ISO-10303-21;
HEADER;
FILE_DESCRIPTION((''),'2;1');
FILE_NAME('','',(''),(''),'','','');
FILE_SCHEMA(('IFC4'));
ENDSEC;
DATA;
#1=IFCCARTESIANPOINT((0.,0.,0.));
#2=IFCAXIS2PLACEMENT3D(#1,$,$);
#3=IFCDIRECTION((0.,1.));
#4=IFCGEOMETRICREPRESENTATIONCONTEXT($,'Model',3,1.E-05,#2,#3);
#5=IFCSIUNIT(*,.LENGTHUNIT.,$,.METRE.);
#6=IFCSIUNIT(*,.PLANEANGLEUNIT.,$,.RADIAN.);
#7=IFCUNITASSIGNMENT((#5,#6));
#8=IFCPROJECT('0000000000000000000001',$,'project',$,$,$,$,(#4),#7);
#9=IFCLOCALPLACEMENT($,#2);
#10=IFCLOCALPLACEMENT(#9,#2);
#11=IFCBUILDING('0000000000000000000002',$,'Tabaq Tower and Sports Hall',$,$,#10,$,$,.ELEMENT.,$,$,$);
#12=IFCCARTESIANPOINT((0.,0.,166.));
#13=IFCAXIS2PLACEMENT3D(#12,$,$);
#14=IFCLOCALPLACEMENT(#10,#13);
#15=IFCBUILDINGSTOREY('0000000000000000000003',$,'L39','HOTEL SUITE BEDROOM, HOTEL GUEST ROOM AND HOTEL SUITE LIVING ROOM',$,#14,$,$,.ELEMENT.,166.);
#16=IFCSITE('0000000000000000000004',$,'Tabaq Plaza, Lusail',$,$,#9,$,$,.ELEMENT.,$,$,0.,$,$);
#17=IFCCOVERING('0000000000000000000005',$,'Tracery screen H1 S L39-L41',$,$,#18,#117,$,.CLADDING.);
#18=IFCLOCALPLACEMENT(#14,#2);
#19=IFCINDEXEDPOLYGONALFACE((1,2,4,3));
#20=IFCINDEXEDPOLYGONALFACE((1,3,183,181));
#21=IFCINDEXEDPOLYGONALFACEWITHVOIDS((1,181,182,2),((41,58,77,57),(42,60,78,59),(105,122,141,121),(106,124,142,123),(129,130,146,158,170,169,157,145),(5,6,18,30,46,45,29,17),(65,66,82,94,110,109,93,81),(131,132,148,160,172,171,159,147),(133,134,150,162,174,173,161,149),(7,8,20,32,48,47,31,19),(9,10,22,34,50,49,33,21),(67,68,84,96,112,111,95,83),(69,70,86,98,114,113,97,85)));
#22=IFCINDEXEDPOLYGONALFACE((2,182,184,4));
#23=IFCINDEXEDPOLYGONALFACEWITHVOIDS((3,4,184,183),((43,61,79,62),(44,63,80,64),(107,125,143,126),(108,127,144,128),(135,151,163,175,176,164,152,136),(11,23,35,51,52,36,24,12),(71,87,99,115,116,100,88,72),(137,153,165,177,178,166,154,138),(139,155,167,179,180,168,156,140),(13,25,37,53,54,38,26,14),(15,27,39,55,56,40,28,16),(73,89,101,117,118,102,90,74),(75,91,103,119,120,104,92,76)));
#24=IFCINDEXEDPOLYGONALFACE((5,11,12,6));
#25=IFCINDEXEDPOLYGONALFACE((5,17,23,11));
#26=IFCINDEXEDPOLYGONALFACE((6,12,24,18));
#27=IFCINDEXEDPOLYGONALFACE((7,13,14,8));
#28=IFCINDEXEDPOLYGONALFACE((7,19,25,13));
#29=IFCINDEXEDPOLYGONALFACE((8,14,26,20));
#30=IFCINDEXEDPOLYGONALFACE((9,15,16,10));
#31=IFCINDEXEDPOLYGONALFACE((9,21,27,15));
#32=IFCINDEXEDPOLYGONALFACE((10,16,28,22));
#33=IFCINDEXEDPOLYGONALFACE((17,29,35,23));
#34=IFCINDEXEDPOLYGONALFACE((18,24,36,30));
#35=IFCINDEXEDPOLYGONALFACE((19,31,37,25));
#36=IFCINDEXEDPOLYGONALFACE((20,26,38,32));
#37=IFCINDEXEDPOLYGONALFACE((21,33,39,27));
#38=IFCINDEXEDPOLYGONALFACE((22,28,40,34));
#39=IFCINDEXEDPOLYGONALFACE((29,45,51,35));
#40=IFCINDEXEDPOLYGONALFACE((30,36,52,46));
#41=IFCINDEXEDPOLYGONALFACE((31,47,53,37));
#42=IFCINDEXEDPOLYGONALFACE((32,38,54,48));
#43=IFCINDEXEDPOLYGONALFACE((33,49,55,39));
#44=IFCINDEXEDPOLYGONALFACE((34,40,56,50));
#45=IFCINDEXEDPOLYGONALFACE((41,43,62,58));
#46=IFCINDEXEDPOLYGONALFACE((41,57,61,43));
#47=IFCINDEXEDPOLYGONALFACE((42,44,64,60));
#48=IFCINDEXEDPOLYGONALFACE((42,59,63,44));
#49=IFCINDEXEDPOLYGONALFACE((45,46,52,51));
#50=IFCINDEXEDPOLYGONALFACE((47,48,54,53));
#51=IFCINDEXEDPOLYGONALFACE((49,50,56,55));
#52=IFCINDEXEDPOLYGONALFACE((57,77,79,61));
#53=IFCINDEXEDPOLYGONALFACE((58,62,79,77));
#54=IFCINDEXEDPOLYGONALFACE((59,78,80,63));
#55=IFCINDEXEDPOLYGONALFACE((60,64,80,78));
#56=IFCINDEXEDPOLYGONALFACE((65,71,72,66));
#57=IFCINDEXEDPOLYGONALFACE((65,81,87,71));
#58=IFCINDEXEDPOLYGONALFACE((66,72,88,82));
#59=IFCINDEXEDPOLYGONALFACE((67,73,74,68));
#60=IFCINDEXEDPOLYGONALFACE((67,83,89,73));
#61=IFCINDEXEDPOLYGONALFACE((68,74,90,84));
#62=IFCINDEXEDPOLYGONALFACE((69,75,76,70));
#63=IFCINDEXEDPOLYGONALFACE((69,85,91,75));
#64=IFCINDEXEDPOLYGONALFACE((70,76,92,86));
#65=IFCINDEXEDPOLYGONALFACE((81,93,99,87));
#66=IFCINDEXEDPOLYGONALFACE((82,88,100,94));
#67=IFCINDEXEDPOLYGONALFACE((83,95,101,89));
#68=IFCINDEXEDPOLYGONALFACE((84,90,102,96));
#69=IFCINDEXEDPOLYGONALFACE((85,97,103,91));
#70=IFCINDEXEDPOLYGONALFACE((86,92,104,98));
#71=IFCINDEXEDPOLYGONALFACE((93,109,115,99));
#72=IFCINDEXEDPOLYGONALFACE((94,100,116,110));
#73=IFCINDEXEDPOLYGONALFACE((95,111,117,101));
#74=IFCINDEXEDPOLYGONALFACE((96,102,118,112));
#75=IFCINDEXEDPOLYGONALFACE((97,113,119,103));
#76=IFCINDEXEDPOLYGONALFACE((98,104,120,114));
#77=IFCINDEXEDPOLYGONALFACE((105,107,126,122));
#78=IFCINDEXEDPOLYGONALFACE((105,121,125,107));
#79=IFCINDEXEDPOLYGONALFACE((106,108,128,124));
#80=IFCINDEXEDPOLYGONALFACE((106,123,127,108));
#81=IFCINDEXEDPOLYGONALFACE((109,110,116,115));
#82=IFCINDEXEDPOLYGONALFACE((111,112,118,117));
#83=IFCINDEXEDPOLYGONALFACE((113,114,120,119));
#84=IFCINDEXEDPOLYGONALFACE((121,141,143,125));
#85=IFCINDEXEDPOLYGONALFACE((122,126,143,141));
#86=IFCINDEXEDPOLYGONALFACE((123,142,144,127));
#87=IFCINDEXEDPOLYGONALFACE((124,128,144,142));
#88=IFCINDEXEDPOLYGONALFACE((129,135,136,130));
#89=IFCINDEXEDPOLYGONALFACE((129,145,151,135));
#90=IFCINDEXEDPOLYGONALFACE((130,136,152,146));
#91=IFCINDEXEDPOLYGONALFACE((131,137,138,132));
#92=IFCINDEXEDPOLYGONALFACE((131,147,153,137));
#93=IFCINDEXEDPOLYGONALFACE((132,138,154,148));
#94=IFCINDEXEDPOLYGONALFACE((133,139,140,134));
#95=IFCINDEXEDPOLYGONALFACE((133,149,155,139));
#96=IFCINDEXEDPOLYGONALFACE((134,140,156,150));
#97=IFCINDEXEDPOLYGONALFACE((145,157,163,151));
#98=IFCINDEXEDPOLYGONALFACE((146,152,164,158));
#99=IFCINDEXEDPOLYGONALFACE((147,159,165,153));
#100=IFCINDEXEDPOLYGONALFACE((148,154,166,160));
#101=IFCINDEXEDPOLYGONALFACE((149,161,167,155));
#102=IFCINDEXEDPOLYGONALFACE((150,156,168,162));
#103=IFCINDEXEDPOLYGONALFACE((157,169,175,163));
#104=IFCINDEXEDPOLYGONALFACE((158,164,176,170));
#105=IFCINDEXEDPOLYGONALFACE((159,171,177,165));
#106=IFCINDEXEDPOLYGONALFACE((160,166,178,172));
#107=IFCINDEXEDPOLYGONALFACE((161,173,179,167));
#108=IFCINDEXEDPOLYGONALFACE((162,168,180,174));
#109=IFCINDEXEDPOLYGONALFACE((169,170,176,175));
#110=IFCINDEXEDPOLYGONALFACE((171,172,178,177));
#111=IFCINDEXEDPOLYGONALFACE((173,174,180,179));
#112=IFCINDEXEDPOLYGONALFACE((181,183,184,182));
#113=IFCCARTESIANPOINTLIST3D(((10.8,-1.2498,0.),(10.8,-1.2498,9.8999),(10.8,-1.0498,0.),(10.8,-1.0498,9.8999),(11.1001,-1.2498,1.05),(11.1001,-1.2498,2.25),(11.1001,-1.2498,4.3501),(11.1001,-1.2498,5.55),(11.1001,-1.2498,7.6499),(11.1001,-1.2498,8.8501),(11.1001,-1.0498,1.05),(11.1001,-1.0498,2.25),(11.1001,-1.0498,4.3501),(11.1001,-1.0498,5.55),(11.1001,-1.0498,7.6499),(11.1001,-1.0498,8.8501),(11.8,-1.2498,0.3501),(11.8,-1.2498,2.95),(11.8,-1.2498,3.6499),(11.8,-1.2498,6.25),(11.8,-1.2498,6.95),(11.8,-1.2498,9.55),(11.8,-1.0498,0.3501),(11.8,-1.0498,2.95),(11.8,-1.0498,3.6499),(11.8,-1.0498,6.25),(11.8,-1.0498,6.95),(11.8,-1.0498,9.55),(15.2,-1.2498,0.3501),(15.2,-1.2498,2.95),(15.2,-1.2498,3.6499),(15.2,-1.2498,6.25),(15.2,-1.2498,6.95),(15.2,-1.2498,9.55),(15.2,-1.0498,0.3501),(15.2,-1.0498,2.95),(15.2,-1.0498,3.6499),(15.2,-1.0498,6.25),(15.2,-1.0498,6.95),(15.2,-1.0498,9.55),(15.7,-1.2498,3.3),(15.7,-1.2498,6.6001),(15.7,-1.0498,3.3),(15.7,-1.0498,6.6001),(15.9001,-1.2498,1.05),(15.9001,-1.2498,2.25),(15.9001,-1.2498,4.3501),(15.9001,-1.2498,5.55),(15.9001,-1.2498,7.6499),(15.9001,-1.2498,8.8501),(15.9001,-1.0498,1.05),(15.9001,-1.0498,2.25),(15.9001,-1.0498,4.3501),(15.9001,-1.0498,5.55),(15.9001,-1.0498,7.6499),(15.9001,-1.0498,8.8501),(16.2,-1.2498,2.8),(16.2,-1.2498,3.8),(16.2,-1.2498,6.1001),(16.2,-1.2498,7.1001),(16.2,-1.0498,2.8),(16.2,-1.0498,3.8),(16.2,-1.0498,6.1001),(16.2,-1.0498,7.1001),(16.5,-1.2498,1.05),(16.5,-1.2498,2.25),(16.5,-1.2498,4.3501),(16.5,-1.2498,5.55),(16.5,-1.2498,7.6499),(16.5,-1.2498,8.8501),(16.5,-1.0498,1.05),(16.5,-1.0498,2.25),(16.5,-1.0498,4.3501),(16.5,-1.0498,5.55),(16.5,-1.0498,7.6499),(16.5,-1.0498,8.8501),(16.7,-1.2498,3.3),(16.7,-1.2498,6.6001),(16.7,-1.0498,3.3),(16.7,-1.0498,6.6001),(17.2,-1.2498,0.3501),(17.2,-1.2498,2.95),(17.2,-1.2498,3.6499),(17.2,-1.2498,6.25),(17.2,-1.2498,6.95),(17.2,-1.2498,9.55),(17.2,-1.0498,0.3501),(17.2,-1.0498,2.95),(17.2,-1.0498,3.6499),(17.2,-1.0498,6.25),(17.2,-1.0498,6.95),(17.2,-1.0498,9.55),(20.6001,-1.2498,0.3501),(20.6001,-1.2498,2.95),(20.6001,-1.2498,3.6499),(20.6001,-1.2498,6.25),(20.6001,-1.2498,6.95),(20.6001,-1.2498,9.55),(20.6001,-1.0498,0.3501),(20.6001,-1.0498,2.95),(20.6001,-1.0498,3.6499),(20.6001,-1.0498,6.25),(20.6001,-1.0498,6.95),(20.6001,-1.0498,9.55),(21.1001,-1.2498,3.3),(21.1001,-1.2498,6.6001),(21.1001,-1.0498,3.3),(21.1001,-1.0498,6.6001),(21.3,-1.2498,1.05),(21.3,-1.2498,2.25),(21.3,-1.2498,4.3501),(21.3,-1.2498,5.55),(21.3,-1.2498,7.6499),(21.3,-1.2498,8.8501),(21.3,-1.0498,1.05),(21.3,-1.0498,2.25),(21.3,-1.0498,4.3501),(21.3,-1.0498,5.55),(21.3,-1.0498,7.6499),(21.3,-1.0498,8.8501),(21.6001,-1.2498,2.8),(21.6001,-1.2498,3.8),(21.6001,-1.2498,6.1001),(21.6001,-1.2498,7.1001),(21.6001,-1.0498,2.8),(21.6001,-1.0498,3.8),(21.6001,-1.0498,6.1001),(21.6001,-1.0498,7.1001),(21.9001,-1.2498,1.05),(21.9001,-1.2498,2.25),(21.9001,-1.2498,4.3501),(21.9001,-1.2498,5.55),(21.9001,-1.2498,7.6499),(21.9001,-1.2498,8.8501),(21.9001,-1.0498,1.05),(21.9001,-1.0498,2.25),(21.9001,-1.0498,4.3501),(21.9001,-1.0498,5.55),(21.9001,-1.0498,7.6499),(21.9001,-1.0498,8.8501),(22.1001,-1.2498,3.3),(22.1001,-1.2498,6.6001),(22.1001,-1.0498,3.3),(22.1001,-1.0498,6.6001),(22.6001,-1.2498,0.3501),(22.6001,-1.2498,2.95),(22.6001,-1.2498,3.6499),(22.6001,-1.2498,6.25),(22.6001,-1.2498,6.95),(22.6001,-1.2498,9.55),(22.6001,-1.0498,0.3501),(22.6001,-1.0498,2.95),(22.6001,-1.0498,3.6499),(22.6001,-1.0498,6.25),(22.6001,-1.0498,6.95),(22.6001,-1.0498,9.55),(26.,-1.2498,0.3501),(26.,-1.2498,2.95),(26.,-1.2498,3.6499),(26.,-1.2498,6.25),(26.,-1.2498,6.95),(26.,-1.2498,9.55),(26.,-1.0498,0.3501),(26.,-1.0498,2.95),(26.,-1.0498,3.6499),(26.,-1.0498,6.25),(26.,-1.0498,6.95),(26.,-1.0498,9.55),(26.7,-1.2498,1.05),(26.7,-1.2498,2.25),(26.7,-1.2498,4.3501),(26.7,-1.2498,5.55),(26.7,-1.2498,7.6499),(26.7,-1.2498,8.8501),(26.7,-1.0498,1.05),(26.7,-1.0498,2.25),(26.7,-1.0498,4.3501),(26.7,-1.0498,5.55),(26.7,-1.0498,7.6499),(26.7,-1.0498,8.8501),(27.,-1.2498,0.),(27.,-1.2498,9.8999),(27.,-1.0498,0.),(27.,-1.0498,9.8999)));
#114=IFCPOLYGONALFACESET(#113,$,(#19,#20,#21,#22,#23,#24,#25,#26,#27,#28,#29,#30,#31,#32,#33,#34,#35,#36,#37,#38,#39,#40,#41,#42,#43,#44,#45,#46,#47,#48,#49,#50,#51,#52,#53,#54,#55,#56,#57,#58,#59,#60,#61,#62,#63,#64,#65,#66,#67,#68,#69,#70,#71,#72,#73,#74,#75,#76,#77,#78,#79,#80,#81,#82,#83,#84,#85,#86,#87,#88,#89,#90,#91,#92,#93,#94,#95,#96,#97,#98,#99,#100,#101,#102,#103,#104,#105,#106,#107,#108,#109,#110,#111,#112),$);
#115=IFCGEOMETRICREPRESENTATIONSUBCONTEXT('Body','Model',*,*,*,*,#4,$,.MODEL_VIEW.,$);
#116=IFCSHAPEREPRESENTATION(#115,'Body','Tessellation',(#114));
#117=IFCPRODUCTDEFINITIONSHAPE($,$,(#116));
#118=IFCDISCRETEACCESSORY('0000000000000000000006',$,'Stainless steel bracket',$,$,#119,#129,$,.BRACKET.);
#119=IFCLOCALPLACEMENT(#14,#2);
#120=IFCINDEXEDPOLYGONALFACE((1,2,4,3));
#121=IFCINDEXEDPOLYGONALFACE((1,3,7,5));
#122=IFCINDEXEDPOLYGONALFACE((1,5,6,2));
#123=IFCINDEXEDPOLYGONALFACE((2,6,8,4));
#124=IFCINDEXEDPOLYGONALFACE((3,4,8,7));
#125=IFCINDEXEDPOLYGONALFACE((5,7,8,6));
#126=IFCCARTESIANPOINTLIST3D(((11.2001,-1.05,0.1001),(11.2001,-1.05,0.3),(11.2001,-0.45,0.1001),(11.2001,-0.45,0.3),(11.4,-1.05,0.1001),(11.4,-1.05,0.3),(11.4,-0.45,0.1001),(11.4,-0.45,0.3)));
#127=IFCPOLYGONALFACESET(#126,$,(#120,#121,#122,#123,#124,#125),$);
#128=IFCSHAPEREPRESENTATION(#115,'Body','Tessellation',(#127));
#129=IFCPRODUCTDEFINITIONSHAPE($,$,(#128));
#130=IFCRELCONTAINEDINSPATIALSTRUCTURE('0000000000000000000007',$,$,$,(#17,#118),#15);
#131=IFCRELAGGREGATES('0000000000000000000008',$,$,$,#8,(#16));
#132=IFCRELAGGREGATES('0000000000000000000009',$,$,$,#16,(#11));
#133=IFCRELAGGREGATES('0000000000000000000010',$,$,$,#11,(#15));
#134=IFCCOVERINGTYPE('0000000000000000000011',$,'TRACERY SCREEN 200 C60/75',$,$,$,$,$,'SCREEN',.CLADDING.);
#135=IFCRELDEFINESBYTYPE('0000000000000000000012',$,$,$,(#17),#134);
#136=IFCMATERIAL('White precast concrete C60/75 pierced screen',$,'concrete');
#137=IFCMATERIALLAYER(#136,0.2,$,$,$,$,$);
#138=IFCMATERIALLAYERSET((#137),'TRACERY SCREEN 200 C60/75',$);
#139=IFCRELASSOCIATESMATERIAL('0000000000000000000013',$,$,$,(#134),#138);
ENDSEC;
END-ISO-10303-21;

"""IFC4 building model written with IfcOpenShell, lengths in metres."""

from ifc_helpers import new_model, si_unit, direction, frame, origin, origin_2d, place, context, subcontext, project, spatial, polyline, rectangle, outline, extrude, material, layer, layer_set, type_object, element, save


model = new_model("IFC4")

# Units and contexts
model_context = context("Model", 3, precision=1e-05, world=origin(), true_north=direction((0.0, 1.0)))
body_context = subcontext(model_context, "Body", "Model", "MODEL_VIEW")
ifc_project = project(units=[si_unit("LENGTHUNIT", "METRE"), si_unit("PLANEANGLEUNIT", "RADIAN")], contexts=[model_context])

# Site, building, storey
site_placement = place(None, origin())
site = spatial("IfcSite", under=ifc_project, at=site_placement, Name="Tabaq Plaza, Lusail", CompositionType="ELEMENT", RefElevation=0.0)
building_placement = place(site_placement, origin())
building = spatial("IfcBuilding", under=site, at=building_placement, Name="Tabaq Tower and Sports Hall", CompositionType="ELEMENT")
storey_placement = place(building_placement, frame((0.0, 0.0, 166.0)))
storey = spatial("IfcBuildingStorey", under=building, at=storey_placement, Name="L39", Description="HOTEL SUITE BEDROOM, HOTEL GUEST ROOM AND HOTEL SUITE LIVING ROOM", CompositionType="ELEMENT", Elevation=166.0)

# Covering
ifc_material_1 = material(Name="White precast concrete C60/75 pierced screen", Category="concrete")
ifc_layer_1 = layer(ifc_material_1, 0.2)
ifc_layer_set_1 = layer_set([ifc_layer_1], Name="TRACERY SCREEN 200 C60/75")
covering_type_1 = type_object("IfcCoveringType", Name="TRACERY SCREEN 200 C60/75", ElementType="SCREEN", PredefinedType="CLADDING", material=ifc_layer_set_1)
covering_1_placement = place(storey_placement, frame((10.8, -1.1499, 0.0), z_axis=(0.0, 0.0, 1.0), x_axis=(1.0, 0.0, 0.0)))
element("IfcCovering", 1, at=covering_1_placement, inside=storey, type_object=covering_type_1, Name="Tracery screen H1 S L39-L41", PredefinedType="CLADDING", context=body_context, shape_type="SweptSolid", body=[
    extrude(outline(polyline([(0.0, 0.0), (16.2, 0.0), (16.2, 9.8999), (0.0, 9.8999), (0.0, 0.0)]), holes=[polyline([(1.0, 0.3501), (4.3999, 0.3501), (5.1001, 1.05), (5.1001, 2.25), (4.3999, 2.95), (1.0, 2.95), (0.3, 2.25), (0.3, 1.05), (1.0, 0.3501)]), polyline([(6.3999, 0.3501), (9.8, 0.3501), (10.5, 1.05), (10.5, 2.25), (9.8, 2.95), (6.3999, 2.95), (5.7, 2.25), (5.7, 1.05), (6.3999, 0.3501)]), polyline([(11.8, 0.3501), (15.2, 0.3501), (15.8999, 1.05), (15.8999, 2.25), (15.2, 2.95), (11.8, 2.95), (11.1001, 2.25), (11.1001, 1.05), (11.8, 0.3501)]), polyline([(1.0, 3.6499), (4.3999, 3.6499), (5.1001, 4.3501), (5.1001, 5.55), (4.3999, 6.25), (1.0, 6.25), (0.3, 5.55), (0.3, 4.3501), (1.0, 3.6499)]), polyline([(6.3999, 3.6499), (9.8, 3.6499), (10.5, 4.3501), (10.5, 5.55), (9.8, 6.25), (6.3999, 6.25), (5.7, 5.55), (5.7, 4.3501), (6.3999, 3.6499)]), polyline([(11.8, 3.6499), (15.2, 3.6499), (15.8999, 4.3501), (15.8999, 5.55), (15.2, 6.25), (11.8, 6.25), (11.1001, 5.55), (11.1001, 4.3501), (11.8, 3.6499)]), polyline([(1.0, 6.95), (4.3999, 6.95), (5.1001, 7.6499), (5.1001, 8.8501), (4.3999, 9.55), (1.0, 9.55), (0.3, 8.8501), (0.3, 7.6499), (1.0, 6.95)]), polyline([(6.3999, 6.95), (9.8, 6.95), (10.5, 7.6499), (10.5, 8.8501), (9.8, 9.55), (6.3999, 9.55), (5.7, 8.8501), (5.7, 7.6499), (6.3999, 6.95)]), polyline([(11.8, 6.95), (15.2, 6.95), (15.8999, 7.6499), (15.8999, 8.8501), (15.2, 9.55), (11.8, 9.55), (11.1001, 8.8501), (11.1001, 7.6499), (11.8, 6.95)]), polyline([(5.8999, 3.3), (5.3999, 3.8), (4.8999, 3.3), (5.3999, 2.8), (5.8999, 3.3)]), polyline([(11.3, 3.3), (10.8, 3.8), (10.3, 3.3), (10.8, 2.8), (11.3, 3.3)]), polyline([(5.8999, 6.6001), (5.3999, 7.1001), (4.8999, 6.6001), (5.3999, 6.1001), (5.8999, 6.6001)]), polyline([(11.3, 6.6001), (10.8, 7.1001), (10.3, 6.6001), (10.8, 6.1001), (11.3, 6.6001)])]), frame((0.0, 0.1001, 0.0), z_axis=(0.0, -1.0, 0.0), x_axis=(1.0, 0.0, 0.0)), (0.0, 0.0, 1.0), 0.2),
])

# Discrete accessory
discrete_accessory_placement = place(storey_placement, frame((11.3, -0.75, 0.1001), z_axis=(0.0, 0.0, 1.0), x_axis=(0.0, -1.0, 0.0)))
element("IfcDiscreteAccessory", 2, at=discrete_accessory_placement, inside=storey, Name="Stainless steel bracket", PredefinedType="BRACKET", context=body_context, shape_type="SweptSolid", body=[
    extrude(rectangle(XDim=0.6001, YDim=0.2, at=origin_2d()), origin(), (0.0, 0.0, 1.0), 0.2),
])

save(model, "model.ifc")
